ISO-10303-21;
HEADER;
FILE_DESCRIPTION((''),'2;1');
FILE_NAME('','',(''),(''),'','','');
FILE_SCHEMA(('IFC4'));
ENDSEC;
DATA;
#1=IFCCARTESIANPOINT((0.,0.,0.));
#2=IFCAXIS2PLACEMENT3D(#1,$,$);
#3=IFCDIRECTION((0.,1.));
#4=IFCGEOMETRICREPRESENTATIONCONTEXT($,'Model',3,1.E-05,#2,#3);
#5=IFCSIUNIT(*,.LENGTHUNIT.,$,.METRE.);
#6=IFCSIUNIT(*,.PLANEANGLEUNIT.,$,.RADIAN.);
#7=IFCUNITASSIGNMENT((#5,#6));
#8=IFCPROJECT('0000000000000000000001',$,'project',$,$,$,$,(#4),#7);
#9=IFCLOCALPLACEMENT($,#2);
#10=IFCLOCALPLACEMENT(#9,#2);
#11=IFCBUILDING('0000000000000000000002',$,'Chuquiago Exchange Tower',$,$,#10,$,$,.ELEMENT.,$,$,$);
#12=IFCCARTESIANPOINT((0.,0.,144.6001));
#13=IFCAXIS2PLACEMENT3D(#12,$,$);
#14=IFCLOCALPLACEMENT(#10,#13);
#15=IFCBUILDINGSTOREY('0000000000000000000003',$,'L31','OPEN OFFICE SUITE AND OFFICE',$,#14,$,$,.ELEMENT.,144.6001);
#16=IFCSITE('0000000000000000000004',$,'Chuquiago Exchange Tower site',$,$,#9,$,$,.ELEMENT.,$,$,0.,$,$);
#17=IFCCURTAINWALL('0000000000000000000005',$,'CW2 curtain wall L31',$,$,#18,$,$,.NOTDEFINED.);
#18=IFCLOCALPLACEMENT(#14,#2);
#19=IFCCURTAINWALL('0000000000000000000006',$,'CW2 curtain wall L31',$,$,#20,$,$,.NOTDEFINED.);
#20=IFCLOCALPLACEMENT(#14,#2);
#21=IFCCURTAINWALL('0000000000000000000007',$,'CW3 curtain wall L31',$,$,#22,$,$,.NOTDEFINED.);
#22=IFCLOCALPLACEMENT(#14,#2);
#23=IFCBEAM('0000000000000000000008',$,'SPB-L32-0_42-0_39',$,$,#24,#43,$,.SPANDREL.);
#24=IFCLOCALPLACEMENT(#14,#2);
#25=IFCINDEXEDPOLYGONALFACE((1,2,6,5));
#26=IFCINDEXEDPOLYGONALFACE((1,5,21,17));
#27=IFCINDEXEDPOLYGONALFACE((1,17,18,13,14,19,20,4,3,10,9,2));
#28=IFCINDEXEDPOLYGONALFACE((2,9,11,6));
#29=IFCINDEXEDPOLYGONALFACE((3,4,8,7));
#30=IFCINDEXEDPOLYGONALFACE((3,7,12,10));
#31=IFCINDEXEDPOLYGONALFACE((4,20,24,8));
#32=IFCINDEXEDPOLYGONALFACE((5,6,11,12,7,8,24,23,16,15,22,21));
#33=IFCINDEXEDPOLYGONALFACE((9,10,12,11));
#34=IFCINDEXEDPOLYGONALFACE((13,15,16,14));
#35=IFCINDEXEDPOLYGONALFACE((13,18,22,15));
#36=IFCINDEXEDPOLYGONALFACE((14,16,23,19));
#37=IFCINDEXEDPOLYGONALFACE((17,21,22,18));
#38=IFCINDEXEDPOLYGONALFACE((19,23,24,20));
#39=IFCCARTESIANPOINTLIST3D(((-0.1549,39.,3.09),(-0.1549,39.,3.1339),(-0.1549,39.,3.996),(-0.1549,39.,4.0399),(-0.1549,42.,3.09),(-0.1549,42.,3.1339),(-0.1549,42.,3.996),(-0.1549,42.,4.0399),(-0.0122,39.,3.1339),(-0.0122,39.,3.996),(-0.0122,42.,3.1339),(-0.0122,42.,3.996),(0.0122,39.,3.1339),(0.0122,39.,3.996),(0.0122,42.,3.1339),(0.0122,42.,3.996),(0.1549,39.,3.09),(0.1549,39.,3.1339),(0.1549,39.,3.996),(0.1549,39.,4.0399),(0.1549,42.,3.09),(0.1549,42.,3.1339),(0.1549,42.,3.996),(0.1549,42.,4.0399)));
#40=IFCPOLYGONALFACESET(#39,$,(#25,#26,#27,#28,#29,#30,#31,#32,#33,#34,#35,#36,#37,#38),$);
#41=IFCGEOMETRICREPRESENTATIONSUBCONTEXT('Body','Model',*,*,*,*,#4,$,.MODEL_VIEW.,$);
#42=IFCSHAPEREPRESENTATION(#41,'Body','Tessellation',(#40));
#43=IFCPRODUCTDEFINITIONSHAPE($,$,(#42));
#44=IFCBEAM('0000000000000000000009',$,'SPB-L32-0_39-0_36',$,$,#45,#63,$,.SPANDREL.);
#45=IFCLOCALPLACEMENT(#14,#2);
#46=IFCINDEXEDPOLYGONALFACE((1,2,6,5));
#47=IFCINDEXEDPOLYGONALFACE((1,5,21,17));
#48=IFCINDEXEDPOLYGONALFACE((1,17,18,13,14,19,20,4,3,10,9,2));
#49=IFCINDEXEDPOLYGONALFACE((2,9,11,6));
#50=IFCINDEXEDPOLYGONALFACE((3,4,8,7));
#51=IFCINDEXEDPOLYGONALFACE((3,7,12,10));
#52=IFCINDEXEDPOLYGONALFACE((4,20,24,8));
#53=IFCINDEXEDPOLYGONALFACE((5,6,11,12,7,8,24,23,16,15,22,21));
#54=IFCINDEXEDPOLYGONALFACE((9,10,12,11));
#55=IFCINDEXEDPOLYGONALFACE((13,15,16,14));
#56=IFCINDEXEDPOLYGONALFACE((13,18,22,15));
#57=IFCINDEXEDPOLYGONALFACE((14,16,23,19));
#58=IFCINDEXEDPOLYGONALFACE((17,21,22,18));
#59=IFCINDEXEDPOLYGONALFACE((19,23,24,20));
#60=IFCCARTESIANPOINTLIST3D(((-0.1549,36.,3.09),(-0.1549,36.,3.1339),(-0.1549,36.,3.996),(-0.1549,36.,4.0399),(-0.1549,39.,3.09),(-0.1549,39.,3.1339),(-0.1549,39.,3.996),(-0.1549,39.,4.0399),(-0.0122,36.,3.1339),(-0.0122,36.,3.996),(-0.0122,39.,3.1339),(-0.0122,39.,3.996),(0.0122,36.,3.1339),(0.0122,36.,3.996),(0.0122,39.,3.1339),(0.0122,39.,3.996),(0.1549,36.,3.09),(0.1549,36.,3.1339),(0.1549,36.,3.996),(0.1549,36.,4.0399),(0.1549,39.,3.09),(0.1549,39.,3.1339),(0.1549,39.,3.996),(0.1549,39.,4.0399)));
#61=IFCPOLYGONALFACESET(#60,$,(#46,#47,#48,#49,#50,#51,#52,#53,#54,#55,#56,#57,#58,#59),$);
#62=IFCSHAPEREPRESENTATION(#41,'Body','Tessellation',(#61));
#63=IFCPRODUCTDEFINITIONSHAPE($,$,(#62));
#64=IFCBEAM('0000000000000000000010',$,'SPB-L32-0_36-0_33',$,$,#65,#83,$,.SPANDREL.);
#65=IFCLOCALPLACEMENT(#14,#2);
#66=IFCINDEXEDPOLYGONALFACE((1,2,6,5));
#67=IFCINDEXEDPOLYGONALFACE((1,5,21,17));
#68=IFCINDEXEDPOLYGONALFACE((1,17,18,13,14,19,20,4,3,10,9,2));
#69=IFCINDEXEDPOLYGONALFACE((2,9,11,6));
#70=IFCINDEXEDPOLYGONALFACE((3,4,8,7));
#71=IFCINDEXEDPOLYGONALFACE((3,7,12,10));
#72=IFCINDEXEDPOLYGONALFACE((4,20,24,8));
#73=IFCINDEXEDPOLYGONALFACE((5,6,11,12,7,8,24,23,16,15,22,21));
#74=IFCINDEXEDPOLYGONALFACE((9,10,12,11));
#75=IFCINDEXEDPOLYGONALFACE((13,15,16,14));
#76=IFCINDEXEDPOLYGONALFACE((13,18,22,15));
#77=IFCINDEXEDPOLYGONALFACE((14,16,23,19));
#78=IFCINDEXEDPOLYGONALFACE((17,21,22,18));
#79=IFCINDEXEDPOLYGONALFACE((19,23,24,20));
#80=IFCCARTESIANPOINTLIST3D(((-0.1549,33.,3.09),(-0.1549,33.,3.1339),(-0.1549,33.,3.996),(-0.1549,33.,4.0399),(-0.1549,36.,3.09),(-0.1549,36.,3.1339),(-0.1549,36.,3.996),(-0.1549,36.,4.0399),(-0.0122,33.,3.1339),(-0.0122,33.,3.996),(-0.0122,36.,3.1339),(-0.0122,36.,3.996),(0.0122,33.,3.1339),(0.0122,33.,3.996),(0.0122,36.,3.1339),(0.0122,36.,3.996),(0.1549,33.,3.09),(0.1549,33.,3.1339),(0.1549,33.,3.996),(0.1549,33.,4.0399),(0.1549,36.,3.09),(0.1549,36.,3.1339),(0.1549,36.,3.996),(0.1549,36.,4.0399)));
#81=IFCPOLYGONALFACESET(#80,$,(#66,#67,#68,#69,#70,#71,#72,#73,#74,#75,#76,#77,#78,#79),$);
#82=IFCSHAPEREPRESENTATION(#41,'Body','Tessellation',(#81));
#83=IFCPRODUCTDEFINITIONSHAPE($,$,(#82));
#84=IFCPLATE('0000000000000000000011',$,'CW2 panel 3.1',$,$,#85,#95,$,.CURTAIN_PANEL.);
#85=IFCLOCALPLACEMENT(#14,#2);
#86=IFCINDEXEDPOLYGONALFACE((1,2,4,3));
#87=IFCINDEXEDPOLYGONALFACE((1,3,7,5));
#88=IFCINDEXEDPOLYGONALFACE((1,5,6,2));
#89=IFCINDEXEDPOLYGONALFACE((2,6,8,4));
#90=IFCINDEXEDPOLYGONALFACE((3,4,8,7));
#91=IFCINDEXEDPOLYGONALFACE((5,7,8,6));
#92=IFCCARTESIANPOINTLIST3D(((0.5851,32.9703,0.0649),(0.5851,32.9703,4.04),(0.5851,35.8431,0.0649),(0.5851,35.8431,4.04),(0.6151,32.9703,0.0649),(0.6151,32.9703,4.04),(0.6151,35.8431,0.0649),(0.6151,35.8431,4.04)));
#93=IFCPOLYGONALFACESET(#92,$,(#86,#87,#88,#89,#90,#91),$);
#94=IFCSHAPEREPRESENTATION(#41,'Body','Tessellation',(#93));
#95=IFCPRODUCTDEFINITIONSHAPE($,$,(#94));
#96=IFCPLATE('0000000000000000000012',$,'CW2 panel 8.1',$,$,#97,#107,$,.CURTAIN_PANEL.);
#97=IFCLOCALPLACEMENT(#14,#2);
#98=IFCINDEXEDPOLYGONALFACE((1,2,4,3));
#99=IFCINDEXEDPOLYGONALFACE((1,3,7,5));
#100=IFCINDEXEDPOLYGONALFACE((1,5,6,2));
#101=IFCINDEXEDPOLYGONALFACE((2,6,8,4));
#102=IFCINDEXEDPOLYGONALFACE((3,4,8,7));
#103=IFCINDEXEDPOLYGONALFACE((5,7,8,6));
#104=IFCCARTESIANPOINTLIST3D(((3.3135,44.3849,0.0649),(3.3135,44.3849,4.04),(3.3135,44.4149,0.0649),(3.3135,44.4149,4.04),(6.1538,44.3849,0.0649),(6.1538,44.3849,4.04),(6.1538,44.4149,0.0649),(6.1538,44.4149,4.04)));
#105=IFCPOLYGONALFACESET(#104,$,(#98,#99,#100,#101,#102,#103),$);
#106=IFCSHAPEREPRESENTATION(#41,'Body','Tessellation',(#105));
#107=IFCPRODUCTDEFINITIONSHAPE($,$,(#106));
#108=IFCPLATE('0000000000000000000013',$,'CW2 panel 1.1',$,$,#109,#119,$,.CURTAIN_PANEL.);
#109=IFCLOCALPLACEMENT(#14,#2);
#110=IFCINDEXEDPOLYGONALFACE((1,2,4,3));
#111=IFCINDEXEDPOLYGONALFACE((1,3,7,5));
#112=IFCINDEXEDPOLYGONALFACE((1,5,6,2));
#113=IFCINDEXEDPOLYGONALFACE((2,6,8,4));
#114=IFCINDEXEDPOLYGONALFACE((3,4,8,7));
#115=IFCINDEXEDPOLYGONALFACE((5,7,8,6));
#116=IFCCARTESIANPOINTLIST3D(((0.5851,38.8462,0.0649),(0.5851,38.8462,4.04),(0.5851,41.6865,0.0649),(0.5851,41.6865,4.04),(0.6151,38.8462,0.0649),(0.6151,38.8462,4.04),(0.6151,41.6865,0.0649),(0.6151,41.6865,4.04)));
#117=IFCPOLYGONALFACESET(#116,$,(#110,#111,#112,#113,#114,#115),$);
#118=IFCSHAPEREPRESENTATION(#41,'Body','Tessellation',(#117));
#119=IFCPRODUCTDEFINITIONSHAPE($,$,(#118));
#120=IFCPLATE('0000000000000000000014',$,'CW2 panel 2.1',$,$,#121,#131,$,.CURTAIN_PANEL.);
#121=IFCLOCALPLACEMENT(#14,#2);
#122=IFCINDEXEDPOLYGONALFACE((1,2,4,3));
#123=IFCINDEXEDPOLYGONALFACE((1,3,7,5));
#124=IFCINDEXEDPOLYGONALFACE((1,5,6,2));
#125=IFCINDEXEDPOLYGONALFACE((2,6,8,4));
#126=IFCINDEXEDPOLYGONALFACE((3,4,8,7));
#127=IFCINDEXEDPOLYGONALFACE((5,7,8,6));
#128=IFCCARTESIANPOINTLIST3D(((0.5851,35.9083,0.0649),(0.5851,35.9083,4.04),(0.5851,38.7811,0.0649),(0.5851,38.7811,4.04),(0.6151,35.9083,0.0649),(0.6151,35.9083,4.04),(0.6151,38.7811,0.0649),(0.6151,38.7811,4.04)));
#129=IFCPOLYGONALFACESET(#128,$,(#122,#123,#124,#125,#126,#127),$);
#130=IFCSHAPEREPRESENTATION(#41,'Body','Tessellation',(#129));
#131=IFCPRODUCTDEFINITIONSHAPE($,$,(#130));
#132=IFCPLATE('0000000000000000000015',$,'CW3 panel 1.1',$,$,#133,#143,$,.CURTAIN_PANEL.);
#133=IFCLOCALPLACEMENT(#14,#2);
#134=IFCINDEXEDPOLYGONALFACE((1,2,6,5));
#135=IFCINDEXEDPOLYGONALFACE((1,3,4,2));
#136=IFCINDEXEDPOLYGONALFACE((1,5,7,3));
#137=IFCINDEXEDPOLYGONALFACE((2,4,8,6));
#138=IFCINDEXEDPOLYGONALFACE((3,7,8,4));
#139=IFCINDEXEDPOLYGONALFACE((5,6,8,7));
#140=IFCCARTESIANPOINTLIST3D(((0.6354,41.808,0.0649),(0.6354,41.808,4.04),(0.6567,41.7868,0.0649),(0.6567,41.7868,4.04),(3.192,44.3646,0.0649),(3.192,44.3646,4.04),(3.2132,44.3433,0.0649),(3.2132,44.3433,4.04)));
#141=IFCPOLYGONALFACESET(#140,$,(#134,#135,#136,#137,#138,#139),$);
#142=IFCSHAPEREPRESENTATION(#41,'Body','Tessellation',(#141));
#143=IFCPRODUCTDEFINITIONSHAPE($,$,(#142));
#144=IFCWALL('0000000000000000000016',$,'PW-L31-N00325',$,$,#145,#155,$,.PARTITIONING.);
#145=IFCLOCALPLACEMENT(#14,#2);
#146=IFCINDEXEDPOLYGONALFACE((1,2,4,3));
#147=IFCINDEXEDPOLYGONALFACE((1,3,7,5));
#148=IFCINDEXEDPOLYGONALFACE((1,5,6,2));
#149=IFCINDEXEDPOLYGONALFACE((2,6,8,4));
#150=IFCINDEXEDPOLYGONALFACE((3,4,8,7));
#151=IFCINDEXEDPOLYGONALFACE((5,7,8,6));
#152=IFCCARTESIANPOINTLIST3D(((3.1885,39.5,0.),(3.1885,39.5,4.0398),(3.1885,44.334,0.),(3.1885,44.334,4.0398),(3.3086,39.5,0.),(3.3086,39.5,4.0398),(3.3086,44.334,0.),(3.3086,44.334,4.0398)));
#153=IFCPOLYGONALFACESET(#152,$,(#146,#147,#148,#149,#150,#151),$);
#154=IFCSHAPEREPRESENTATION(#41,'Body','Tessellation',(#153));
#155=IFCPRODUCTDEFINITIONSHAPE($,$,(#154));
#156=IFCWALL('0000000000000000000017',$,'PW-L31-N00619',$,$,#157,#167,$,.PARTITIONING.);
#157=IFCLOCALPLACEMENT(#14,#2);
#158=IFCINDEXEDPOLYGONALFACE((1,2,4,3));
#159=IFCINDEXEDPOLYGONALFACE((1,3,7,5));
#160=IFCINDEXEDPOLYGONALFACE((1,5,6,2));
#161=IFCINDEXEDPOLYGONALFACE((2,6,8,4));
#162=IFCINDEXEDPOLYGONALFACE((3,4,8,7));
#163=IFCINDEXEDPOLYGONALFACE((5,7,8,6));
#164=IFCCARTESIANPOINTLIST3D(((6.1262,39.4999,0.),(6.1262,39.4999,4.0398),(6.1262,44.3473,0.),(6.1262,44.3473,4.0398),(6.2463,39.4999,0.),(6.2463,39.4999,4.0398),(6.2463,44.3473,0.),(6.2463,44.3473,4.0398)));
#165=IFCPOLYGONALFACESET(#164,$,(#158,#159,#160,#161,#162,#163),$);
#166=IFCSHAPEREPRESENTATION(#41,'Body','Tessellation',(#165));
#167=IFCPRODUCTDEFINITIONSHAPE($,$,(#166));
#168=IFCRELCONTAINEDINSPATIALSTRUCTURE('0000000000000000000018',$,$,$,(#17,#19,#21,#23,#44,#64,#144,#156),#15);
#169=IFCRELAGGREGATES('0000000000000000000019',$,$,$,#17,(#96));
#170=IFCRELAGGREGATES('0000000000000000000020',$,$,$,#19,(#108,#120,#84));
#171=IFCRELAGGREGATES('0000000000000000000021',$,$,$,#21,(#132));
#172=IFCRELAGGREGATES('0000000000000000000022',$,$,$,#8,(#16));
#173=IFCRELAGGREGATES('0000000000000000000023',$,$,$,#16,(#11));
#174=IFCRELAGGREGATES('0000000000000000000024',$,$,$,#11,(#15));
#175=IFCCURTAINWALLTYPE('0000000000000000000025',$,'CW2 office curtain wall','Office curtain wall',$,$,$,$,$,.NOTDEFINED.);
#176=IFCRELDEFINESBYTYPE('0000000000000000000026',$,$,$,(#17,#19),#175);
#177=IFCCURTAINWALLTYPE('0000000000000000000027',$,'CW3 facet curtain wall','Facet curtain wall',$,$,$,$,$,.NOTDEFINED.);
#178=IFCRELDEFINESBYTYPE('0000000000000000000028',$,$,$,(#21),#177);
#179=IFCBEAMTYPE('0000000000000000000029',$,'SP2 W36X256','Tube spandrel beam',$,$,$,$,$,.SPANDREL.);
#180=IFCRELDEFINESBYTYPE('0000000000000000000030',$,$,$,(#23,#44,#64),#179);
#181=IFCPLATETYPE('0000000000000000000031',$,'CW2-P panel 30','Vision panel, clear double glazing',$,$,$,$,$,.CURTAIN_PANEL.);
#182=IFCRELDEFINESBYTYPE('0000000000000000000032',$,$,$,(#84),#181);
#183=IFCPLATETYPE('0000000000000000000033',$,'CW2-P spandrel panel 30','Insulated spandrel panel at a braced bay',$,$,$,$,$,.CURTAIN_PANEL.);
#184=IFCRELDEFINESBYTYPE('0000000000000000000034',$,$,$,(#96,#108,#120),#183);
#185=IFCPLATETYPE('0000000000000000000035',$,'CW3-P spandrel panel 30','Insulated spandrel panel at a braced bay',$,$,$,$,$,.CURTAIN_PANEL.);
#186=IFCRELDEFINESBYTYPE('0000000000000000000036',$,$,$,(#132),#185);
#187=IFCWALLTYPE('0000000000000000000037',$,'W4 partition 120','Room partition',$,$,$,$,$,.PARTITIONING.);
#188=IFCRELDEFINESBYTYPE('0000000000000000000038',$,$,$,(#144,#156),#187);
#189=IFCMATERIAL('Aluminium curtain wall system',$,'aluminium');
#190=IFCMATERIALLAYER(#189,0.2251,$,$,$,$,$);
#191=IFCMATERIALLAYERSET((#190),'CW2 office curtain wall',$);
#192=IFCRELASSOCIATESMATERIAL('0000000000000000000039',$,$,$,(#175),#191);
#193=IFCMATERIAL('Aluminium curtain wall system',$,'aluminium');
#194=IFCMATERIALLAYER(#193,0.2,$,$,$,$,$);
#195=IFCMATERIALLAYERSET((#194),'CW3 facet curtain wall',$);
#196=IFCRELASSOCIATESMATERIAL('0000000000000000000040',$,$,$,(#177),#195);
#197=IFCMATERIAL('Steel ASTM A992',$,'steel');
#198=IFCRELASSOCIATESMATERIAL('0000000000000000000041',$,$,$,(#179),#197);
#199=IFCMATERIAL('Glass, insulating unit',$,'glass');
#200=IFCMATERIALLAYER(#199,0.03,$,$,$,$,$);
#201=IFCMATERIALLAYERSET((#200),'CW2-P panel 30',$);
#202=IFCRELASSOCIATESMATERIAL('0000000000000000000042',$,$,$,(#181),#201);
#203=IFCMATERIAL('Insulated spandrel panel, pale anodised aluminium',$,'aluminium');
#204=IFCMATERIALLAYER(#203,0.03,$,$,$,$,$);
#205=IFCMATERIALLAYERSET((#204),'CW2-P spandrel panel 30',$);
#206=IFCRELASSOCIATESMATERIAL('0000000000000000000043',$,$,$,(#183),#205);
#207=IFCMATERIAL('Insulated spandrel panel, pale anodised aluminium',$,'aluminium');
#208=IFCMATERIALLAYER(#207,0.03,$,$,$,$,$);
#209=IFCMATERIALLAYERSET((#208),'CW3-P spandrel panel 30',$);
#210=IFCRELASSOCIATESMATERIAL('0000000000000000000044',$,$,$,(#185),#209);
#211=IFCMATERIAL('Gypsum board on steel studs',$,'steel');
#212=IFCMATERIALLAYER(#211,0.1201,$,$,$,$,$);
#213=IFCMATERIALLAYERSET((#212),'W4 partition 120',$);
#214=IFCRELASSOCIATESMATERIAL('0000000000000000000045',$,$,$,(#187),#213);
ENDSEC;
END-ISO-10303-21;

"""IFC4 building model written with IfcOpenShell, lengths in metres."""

from ifc_helpers import new_model, si_unit, direction, frame, frame_2d, origin, origin_2d, place, context, subcontext, project, spatial, rectangle, i_section, extrude, material, layer, layer_set, material_profile, profile_set, type_object, element, aggregate, save


model = new_model("IFC4")

# Units and contexts
model_context = context("Model", 3, precision=1e-05, world=origin(), true_north=direction((0.0, 1.0)))
body_context = subcontext(model_context, "Body", "Model", "MODEL_VIEW")
ifc_project = project(units=[si_unit("LENGTHUNIT", "METRE"), si_unit("PLANEANGLEUNIT", "RADIAN")], contexts=[model_context])

# Site, building, storey
site_placement = place(None, origin())
site = spatial("IfcSite", under=ifc_project, at=site_placement, Name="Chuquiago Exchange Tower site", CompositionType="ELEMENT", RefElevation=0.0)
building_placement = place(site_placement, origin())
building = spatial("IfcBuilding", under=site, at=building_placement, Name="Chuquiago Exchange Tower", CompositionType="ELEMENT")
storey_placement = place(building_placement, frame((0.0, 0.0, 144.6001)))
storey = spatial("IfcBuildingStorey", under=building, at=storey_placement, Name="L31", Description="OPEN OFFICE SUITE AND OFFICE", CompositionType="ELEMENT", Elevation=144.6001)

# Curtain walls
ifc_material_1 = material(Name="Aluminium curtain wall system", Category="aluminium")
ifc_layer_1 = layer(ifc_material_1, 0.2251)
ifc_layer_set_1 = layer_set([ifc_layer_1], Name="CW2 office curtain wall")
curtain_wall_type_1 = type_object("IfcCurtainWallType", Name="CW2 office curtain wall", Description="Office curtain wall", PredefinedType="NOTDEFINED", material=ifc_layer_set_1)
curtain_wall_1_placement = place(storey_placement, origin())
curtain_wall_1 = element("IfcCurtainWall", 1, at=curtain_wall_1_placement, inside=storey, type_object=curtain_wall_type_1, Name="CW2 curtain wall L31", PredefinedType="NOTDEFINED")
curtain_wall_2_placement = place(storey_placement, origin())
curtain_wall_2 = element("IfcCurtainWall", 2, at=curtain_wall_2_placement, inside=storey, type_object=curtain_wall_type_1, Name="CW2 curtain wall L31", PredefinedType="NOTDEFINED")

# Curtain wall
ifc_material_2 = material(Name="Aluminium curtain wall system", Category="aluminium")
ifc_layer_2 = layer(ifc_material_2, 0.2)
ifc_layer_set_2 = layer_set([ifc_layer_2], Name="CW3 facet curtain wall")
curtain_wall_type_2 = type_object("IfcCurtainWallType", Name="CW3 facet curtain wall", Description="Facet curtain wall", PredefinedType="NOTDEFINED", material=ifc_layer_set_2)
curtain_wall_3_placement = place(storey_placement, origin())
curtain_wall_3 = element("IfcCurtainWall", 3, at=curtain_wall_3_placement, inside=storey, type_object=curtain_wall_type_2, Name="CW3 curtain wall L31", PredefinedType="NOTDEFINED")

# Beams
ifc_material_3 = material(Name="Steel ASTM A992", Category="steel")
ifc_material_profile_1 = material_profile(ifc_material_3, i_section(OverallWidth=0.3098, OverallDepth=0.95, WebThickness=0.0244, FlangeThickness=0.0439, at=origin_2d()), Name="W36X256")
ifc_profile_set_1 = profile_set([ifc_material_profile_1], Name="Steel ASTM A992")
beam_type = type_object("IfcBeamType", Name="SP2 W36X256", Description="Tube spandrel beam", PredefinedType="SPANDREL", material=ifc_profile_set_1)
for number, where, z_axis, x_axis, name in (
    (4, (0.0, 42.0, 3.5649), (0.0, -1.0, 0.0), (1.0, 0.0, 0.0), "SPB-L32-0_42-0_39"),
    (5, (0.0, 39.0, 3.5649), (0.0, -1.0, 0.0), (1.0, 0.0, 0.0), "SPB-L32-0_39-0_36"),
    (6, (0.0, 36.0, 3.5649), (0.0, -1.0, 0.0), (1.0, 0.0, 0.0), "SPB-L32-0_36-0_33"),
):
    element("IfcBeam", number, at=place(storey_placement, frame(where, z_axis=z_axis, x_axis=x_axis)), inside=storey, type_object=beam_type, Name=name, PredefinedType="SPANDREL", context=body_context, shape_type="SweptSolid", body=[
        extrude(i_section(OverallWidth=0.3098, OverallDepth=0.95, WebThickness=0.0244, FlangeThickness=0.0439, at=origin_2d()), origin(), (0.0, 0.0, 1.0), 3.0),
    ])

# Plates
ifc_material_4 = material(Name="Glass, insulating unit", Category="glass")
ifc_layer_3 = layer(ifc_material_4, 0.03)
ifc_layer_set_3 = layer_set([ifc_layer_3], Name="CW2-P panel 30")
plate_type_1 = type_object("IfcPlateType", Name="CW2-P panel 30", Description="Vision panel, clear double glazing", PredefinedType="CURTAIN_PANEL", material=ifc_layer_set_3)
plate_1_placement = place(storey_placement, frame((0.6001, 34.4067, 0.0649), z_axis=(0.0, 0.0, 1.0), x_axis=(0.0, -1.0, 0.0)))
plate_1 = element("IfcPlate", 7, at=plate_1_placement, type_object=plate_type_1, Name="CW2 panel 3.1", PredefinedType="CURTAIN_PANEL", context=body_context, shape_type="SweptSolid", body=[
    extrude(rectangle(XDim=2.8728, YDim=0.03, at=origin_2d()), origin(), (0.0, 0.0, 1.0), 3.9751),
])
ifc_material_5 = material(Name="Insulated spandrel panel, pale anodised aluminium", Category="aluminium")
ifc_layer_4 = layer(ifc_material_5, 0.03)
ifc_layer_set_4 = layer_set([ifc_layer_4], Name="CW2-P spandrel panel 30")
plate_type_2 = type_object("IfcPlateType", Name="CW2-P spandrel panel 30", Description="Insulated spandrel panel at a braced bay", PredefinedType="CURTAIN_PANEL", material=ifc_layer_set_4)
plate_2_placement = place(storey_placement, frame((4.7336, 44.3999, 0.0649), z_axis=(0.0, 0.0, 1.0), x_axis=(-1.0, 0.0, 0.0)))
plate_2 = element("IfcPlate", 8, at=plate_2_placement, type_object=plate_type_2, Name="CW2 panel 8.1", PredefinedType="CURTAIN_PANEL", context=body_context, shape_type="SweptSolid", body=[
    extrude(rectangle(XDim=2.8403, YDim=0.03, at=origin_2d()), origin(), (0.0, 0.0, 1.0), 3.9751),
])
aggregate(curtain_wall_1, [plate_2])
plate_3_placement = place(storey_placement, frame((0.6001, 40.2664, 0.0649), z_axis=(0.0, 0.0, 1.0), x_axis=(0.0, -1.0, 0.0)))
plate_3 = element("IfcPlate", 9, at=plate_3_placement, type_object=plate_type_2, Name="CW2 panel 1.1", PredefinedType="CURTAIN_PANEL", context=body_context, shape_type="SweptSolid", body=[
    extrude(rectangle(XDim=2.8403, YDim=0.03, at=origin_2d()), origin(), (0.0, 0.0, 1.0), 3.9751),
])
plate_4_placement = place(storey_placement, frame((0.6001, 37.3447, 0.0649), z_axis=(0.0, 0.0, 1.0), x_axis=(0.0, -1.0, 0.0)))
plate_4 = element("IfcPlate", 10, at=plate_4_placement, type_object=plate_type_2, Name="CW2 panel 2.1", PredefinedType="CURTAIN_PANEL", context=body_context, shape_type="SweptSolid", body=[
    extrude(rectangle(XDim=2.8728, YDim=0.03, at=origin_2d()), origin(), (0.0, 0.0, 1.0), 3.9751),
])
aggregate(curtain_wall_2, [plate_3, plate_4, plate_1])
ifc_material_6 = material(Name="Insulated spandrel panel, pale anodised aluminium", Category="aluminium")
ifc_layer_5 = layer(ifc_material_6, 0.03)
ifc_layer_set_5 = layer_set([ifc_layer_5], Name="CW3-P spandrel panel 30")
plate_type_3 = type_object("IfcPlateType", Name="CW3-P spandrel panel 30", Description="Insulated spandrel panel at a braced bay", PredefinedType="CURTAIN_PANEL", material=ifc_layer_set_5)
plate_5_placement = place(storey_placement, frame((1.9243, 43.0757, 0.0649), z_axis=(0.0, 0.0, 1.0), x_axis=(-0.707107, -0.707107, 0.0)))
plate_5 = element("IfcPlate", 11, at=plate_5_placement, type_object=plate_type_3, Name="CW3 panel 1.1", PredefinedType="CURTAIN_PANEL", context=body_context, shape_type="SweptSolid", body=[
    extrude(rectangle(XDim=3.6155, YDim=0.03, at=origin_2d()), origin(), (0.0, 0.0, 1.0), 3.9751),
])
aggregate(curtain_wall_3, [plate_5])

# Walls
ifc_material_7 = material(Name="Gypsum board on steel studs", Category="steel")
ifc_layer_6 = layer(ifc_material_7, 0.1201)
ifc_layer_set_6 = layer_set([ifc_layer_6], Name="W4 partition 120")
wall_type = type_object("IfcWallType", Name="W4 partition 120", Description="Room partition", PredefinedType="PARTITIONING", material=ifc_layer_set_6)
wall_1_placement = place(storey_placement, frame((3.2485, 44.334, 0.0), z_axis=(0.0, 0.0, 1.0), x_axis=(0.0, -1.0, 0.0)))
element("IfcWall", 12, at=wall_1_placement, inside=storey, type_object=wall_type, Name="PW-L31-N00325", PredefinedType="PARTITIONING", context=body_context, shape_type="SweptSolid", body=[
    extrude(rectangle(XDim=4.834, YDim=0.1201, at=frame_2d((2.417, 0.0))), origin(), (0.0, 0.0, 1.0), 4.0398),
])
wall_2_placement = place(storey_placement, frame((6.1863, 44.3474, 0.0), z_axis=(0.0, 0.0, 1.0), x_axis=(0.0, -1.0, 0.0)))
element("IfcWall", 13, at=wall_2_placement, inside=storey, type_object=wall_type, Name="PW-L31-N00619", PredefinedType="PARTITIONING", context=body_context, shape_type="SweptSolid", body=[
    extrude(rectangle(XDim=4.8474, YDim=0.1201, at=frame_2d((2.4238, 0.0))), origin(), (0.0, 0.0, 1.0), 4.0398),
])

save(model, "model.ifc")
